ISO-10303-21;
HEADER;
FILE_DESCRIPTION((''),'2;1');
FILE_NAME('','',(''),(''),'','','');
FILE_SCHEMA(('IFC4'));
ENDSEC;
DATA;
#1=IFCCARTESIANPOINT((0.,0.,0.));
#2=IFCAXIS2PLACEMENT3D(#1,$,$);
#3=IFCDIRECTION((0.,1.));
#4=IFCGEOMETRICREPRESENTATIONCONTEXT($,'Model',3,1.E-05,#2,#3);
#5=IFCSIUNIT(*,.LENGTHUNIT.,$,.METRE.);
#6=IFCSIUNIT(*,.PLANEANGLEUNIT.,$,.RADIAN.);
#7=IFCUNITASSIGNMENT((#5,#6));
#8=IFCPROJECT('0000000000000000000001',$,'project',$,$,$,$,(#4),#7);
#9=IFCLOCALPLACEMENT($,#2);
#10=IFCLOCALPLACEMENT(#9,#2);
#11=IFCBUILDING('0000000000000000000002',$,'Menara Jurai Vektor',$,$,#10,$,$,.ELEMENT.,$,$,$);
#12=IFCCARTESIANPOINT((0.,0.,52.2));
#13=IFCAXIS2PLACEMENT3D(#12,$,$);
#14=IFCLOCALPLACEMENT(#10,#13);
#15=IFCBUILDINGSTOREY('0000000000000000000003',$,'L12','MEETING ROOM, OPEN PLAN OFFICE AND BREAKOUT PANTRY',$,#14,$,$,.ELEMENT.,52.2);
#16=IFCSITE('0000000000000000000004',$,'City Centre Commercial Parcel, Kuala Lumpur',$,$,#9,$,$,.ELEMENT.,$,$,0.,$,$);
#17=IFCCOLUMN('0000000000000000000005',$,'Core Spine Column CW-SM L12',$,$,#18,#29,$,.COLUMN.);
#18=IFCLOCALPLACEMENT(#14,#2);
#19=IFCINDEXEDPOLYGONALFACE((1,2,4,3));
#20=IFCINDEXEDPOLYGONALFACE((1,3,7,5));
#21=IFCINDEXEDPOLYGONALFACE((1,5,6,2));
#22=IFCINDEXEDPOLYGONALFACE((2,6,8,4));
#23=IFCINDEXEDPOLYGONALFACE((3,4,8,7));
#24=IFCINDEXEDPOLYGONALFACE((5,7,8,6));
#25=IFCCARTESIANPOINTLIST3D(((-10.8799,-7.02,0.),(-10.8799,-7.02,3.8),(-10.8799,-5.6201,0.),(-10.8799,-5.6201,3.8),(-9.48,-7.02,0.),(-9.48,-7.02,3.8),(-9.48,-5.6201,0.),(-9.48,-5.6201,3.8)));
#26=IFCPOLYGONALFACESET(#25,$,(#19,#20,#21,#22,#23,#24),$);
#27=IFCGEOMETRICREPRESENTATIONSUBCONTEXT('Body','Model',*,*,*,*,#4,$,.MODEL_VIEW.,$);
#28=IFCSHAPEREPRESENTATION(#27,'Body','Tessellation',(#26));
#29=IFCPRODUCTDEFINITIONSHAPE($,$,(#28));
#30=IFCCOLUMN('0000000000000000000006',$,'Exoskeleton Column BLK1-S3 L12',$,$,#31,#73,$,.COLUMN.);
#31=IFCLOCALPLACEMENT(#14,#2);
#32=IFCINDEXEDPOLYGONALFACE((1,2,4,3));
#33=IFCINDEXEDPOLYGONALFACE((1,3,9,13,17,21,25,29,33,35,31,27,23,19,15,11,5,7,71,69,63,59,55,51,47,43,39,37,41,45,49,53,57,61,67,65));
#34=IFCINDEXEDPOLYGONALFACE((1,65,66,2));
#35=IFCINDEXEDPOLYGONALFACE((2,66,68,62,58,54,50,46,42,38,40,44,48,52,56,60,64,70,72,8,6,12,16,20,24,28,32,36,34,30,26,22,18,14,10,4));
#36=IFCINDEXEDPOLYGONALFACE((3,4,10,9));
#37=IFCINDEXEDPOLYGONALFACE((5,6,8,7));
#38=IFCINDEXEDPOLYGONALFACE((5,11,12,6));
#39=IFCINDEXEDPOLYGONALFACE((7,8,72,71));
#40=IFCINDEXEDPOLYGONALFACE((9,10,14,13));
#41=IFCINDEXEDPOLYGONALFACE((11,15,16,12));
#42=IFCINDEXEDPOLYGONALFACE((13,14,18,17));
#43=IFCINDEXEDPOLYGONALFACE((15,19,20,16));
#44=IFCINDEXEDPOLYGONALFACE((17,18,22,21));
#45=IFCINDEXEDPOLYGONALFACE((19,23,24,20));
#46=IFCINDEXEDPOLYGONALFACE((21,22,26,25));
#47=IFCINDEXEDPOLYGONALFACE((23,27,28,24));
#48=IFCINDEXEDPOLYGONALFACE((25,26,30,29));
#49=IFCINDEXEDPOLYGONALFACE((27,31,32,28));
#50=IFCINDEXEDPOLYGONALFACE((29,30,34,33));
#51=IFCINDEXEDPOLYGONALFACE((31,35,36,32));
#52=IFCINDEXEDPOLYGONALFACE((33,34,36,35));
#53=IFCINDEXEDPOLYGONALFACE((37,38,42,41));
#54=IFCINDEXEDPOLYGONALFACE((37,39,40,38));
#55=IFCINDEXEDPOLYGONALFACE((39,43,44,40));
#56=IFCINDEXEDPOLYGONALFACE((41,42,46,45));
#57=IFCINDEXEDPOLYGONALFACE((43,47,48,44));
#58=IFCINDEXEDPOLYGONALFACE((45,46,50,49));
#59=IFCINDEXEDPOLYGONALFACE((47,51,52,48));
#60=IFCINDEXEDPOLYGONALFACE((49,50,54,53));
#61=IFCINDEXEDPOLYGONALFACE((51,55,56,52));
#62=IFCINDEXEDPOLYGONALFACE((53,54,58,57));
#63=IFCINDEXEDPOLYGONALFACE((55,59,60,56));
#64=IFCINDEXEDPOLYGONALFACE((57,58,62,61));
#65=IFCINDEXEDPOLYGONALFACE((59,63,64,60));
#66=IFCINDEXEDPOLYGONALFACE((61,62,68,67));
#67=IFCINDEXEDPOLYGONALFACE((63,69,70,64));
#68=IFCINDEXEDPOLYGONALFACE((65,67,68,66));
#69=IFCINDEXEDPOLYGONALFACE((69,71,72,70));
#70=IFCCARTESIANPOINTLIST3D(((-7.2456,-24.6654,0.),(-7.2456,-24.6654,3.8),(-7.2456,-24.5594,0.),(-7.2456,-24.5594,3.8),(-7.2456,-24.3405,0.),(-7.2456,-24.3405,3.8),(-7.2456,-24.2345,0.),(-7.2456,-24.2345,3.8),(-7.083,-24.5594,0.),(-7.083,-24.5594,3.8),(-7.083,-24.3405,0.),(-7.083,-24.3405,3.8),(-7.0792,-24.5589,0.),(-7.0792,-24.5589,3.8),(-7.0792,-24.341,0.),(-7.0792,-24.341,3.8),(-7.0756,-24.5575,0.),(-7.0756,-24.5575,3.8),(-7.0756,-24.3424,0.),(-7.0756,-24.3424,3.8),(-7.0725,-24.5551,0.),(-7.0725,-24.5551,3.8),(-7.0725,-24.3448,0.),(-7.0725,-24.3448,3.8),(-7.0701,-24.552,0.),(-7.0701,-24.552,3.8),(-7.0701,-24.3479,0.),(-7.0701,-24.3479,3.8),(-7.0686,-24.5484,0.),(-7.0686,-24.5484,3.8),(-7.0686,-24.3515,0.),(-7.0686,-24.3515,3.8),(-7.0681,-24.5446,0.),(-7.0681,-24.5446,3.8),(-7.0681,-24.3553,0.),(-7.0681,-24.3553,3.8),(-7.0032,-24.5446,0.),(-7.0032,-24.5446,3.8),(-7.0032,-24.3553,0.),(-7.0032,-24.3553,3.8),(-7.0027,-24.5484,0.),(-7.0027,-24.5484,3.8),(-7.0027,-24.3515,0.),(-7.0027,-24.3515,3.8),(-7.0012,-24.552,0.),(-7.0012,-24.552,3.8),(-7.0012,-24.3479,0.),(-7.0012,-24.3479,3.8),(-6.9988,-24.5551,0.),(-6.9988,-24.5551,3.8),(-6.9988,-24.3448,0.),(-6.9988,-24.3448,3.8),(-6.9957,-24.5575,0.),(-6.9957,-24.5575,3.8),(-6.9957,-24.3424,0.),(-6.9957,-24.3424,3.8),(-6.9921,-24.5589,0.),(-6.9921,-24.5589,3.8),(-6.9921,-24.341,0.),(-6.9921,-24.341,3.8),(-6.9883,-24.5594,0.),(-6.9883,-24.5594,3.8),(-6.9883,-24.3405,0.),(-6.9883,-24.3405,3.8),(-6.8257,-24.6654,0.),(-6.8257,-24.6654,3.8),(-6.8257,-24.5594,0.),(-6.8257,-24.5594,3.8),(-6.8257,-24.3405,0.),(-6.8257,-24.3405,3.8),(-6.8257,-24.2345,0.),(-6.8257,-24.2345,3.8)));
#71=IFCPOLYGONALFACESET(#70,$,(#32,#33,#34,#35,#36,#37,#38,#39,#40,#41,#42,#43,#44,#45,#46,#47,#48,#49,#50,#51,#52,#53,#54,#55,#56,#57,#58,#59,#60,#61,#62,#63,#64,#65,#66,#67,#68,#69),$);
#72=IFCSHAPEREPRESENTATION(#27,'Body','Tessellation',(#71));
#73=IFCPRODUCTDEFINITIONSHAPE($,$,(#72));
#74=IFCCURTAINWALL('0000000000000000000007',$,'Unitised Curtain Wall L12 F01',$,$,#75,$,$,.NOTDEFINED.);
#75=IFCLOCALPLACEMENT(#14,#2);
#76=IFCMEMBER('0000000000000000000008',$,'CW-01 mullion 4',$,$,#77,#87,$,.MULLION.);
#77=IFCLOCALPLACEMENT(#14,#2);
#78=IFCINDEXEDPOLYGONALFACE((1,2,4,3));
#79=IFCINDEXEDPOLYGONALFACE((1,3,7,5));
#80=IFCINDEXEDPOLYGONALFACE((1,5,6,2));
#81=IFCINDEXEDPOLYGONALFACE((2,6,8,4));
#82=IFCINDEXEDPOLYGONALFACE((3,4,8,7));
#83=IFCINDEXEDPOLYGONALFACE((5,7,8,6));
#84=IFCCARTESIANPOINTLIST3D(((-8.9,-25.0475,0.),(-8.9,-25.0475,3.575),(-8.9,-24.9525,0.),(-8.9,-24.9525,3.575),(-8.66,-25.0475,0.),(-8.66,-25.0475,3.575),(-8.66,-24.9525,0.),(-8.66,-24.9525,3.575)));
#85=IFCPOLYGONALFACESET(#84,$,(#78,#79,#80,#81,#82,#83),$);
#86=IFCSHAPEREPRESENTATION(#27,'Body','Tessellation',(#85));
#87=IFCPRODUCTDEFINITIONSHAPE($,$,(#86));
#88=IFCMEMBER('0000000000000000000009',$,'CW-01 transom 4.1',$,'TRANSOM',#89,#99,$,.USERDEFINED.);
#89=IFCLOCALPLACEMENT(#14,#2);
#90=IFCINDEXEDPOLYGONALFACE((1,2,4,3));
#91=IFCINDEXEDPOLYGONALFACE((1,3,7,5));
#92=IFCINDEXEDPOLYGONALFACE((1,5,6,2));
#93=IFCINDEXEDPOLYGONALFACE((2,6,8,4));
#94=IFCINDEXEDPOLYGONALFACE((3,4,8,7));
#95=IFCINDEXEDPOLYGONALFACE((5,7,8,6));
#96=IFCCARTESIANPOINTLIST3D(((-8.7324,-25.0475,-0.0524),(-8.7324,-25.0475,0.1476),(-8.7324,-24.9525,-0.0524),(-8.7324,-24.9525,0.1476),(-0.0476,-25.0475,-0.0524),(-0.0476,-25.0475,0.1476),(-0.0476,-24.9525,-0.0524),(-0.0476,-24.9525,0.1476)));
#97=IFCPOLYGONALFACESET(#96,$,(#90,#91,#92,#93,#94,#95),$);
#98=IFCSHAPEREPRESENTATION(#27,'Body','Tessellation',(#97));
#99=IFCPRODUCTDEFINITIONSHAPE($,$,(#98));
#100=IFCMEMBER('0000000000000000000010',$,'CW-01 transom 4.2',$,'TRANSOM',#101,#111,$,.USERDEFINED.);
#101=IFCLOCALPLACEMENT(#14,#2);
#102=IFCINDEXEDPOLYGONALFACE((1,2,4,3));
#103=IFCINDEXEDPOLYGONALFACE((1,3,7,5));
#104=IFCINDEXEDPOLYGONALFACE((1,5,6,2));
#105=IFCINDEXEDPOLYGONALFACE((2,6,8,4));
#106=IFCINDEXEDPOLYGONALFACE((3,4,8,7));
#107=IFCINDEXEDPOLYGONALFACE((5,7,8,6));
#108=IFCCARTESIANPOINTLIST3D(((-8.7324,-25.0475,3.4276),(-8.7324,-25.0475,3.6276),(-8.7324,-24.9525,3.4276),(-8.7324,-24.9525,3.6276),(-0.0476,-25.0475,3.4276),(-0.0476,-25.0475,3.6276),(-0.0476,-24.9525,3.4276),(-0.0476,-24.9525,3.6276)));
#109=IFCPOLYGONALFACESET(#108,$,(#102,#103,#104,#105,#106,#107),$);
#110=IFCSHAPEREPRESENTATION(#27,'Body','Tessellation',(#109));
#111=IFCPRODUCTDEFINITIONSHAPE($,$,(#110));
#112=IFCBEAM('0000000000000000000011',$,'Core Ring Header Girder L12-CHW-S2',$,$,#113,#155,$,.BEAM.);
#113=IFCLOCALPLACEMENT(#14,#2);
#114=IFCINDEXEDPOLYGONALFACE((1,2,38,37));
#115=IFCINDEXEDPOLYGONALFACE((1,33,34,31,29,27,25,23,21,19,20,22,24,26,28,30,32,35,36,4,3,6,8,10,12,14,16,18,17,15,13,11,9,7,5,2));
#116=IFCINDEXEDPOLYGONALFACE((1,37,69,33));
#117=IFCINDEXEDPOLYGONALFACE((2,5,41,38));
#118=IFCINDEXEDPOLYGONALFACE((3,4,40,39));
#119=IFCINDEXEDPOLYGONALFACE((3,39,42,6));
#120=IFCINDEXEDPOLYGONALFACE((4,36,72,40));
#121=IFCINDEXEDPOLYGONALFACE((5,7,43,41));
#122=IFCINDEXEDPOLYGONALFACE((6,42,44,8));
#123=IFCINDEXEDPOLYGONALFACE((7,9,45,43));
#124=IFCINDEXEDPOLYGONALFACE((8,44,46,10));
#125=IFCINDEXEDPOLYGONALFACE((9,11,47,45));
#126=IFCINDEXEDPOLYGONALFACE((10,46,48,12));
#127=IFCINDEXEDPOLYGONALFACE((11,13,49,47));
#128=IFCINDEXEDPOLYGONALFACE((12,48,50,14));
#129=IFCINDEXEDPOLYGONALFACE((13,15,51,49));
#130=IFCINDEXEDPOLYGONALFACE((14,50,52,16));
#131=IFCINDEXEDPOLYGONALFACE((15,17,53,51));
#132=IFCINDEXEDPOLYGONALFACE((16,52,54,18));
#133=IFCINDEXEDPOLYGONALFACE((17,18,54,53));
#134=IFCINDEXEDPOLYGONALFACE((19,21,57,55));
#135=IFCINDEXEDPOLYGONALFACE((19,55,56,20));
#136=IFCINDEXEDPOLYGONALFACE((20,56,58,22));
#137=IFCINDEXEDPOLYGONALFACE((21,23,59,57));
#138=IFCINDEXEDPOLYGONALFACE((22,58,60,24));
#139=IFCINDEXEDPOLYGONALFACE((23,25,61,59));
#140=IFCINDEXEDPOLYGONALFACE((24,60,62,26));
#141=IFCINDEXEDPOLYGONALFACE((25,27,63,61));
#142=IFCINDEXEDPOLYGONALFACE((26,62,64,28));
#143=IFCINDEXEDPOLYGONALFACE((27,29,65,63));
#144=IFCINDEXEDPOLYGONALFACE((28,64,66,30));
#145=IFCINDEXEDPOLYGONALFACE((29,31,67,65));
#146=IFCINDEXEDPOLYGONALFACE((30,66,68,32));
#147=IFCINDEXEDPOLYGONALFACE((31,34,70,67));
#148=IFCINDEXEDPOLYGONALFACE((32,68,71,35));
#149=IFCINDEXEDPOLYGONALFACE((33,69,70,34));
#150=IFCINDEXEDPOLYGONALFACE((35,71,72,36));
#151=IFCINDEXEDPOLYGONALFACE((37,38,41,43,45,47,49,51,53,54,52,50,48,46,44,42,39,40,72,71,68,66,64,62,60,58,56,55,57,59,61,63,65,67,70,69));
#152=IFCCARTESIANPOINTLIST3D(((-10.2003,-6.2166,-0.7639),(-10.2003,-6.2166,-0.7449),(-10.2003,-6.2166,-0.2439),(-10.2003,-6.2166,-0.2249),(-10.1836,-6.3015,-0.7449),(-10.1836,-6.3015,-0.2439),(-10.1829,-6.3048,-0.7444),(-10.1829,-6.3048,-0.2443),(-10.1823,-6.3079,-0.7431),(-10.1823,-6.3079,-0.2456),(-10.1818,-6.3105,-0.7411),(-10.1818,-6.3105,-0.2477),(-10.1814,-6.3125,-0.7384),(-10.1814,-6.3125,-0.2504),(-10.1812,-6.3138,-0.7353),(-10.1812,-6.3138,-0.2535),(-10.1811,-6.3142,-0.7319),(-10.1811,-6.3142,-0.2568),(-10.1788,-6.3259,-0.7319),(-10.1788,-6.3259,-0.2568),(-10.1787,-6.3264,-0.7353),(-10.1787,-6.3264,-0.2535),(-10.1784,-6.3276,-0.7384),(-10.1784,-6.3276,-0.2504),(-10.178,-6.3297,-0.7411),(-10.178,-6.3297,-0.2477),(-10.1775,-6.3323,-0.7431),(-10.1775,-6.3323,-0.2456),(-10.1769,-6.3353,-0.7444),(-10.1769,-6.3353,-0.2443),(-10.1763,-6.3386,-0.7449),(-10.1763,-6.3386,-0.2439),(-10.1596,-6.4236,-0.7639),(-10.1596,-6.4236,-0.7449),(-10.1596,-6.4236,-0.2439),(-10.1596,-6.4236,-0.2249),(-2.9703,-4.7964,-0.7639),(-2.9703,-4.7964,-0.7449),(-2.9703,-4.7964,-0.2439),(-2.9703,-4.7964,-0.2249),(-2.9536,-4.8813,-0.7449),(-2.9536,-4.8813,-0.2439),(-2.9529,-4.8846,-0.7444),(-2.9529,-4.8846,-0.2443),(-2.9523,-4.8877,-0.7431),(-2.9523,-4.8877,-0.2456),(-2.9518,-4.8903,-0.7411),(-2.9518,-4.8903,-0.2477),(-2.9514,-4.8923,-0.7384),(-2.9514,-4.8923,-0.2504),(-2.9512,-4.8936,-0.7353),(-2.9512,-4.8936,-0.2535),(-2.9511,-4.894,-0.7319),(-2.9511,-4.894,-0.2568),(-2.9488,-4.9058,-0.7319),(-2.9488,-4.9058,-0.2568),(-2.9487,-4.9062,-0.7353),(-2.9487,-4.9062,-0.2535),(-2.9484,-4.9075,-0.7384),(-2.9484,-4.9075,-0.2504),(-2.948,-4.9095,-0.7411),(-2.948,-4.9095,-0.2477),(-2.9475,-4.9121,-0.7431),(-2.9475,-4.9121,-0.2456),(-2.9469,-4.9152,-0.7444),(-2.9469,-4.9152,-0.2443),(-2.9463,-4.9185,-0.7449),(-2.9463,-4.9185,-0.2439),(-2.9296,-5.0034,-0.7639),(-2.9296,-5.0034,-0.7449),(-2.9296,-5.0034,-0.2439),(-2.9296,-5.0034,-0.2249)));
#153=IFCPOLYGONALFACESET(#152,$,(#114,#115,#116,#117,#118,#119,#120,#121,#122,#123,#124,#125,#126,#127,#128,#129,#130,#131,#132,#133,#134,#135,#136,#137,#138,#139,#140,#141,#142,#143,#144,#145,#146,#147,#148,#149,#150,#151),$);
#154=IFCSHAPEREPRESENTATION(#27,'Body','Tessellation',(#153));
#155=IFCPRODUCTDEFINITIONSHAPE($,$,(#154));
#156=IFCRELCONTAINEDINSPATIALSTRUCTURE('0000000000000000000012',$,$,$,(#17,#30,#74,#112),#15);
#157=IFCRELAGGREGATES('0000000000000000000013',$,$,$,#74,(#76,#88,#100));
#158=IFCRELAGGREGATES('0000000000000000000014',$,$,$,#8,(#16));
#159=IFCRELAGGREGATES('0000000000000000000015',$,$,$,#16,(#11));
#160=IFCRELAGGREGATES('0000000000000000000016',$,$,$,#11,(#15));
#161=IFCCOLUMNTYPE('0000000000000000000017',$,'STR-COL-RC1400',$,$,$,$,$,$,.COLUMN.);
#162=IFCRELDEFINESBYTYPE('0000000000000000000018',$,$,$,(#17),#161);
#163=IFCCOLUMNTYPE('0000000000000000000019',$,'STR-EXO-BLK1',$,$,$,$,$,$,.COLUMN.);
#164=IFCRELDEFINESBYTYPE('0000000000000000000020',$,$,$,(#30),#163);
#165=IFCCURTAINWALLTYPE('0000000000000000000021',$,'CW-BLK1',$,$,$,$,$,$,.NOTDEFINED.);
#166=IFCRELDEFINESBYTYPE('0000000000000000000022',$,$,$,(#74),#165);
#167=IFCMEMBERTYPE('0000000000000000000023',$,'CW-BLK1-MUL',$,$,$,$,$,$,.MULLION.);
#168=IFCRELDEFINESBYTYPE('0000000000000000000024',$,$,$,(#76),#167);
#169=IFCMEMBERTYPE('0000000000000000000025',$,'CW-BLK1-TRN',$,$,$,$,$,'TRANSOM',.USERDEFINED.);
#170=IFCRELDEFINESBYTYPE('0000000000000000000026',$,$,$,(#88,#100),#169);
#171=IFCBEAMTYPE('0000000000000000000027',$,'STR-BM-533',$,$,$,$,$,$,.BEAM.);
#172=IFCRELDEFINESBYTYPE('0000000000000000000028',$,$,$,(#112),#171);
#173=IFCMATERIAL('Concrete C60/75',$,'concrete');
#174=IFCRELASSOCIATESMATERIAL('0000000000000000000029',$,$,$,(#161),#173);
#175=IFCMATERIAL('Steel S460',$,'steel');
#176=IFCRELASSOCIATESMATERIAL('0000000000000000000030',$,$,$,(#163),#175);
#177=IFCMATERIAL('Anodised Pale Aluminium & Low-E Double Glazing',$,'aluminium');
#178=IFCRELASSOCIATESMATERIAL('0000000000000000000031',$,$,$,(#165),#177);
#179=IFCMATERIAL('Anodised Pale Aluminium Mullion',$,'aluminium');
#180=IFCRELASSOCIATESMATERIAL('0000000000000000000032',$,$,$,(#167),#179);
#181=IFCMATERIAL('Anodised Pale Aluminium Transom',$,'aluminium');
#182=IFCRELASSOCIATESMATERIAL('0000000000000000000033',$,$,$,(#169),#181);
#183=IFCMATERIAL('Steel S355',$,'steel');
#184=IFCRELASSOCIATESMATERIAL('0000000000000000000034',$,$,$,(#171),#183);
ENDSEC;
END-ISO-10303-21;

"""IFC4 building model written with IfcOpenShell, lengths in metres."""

from ifc_helpers import new_model, si_unit, direction, frame, origin, origin_2d, place, context, subcontext, project, spatial, rectangle, i_section, extrude, material, material_profile, profile_set, type_object, element, aggregate, save


model = new_model("IFC4")

# Units and contexts
model_context = context("Model", 3, precision=1e-05, world=origin(), true_north=direction((0.0, 1.0)))
body_context = subcontext(model_context, "Body", "Model", "MODEL_VIEW")
ifc_project = project(units=[si_unit("LENGTHUNIT", "METRE"), si_unit("PLANEANGLEUNIT", "RADIAN")], contexts=[model_context])

# Site, building, storey
site_placement = place(None, origin())
site = spatial("IfcSite", under=ifc_project, at=site_placement, Name="City Centre Commercial Parcel, Kuala Lumpur", CompositionType="ELEMENT", RefElevation=0.0)
building_placement = place(site_placement, origin())
building = spatial("IfcBuilding", under=site, at=building_placement, Name="Menara Jurai Vektor", CompositionType="ELEMENT")
storey_placement = place(building_placement, frame((0.0, 0.0, 52.2)))
storey = spatial("IfcBuildingStorey", under=building, at=storey_placement, Name="L12", Description="MEETING ROOM, OPEN PLAN OFFICE AND BREAKOUT PANTRY", CompositionType="ELEMENT", Elevation=52.2)

# Columns
ifc_material_1 = material(Name="Concrete C60/75", Category="concrete")
ifc_material_profile_1 = material_profile(ifc_material_1, rectangle(XDim=1.3999, YDim=1.3999, at=origin_2d()), Name="RC 1400x1400")
ifc_profile_set_1 = profile_set([ifc_material_profile_1], Name="Concrete C60/75")
column_type_1 = type_object("IfcColumnType", Name="STR-COL-RC1400", PredefinedType="COLUMN", material=ifc_profile_set_1)
column_1_placement = place(storey_placement, frame((-10.1799, -6.3201, 0.0), z_axis=(0.0, 0.0, 1.0), x_axis=(1.0, 0.0, 0.0)))
element("IfcColumn", 1, at=column_1_placement, inside=storey, type_object=column_type_1, Name="Core Spine Column CW-SM L12", PredefinedType="COLUMN", context=body_context, shape_type="SweptSolid", body=[
    extrude(rectangle(XDim=1.3999, YDim=1.3999, at=origin_2d()), origin(), (0.0, 0.0, 1.0), 3.8),
])
ifc_material_2 = material(Name="Steel S460", Category="steel")
ifc_material_profile_2 = material_profile(ifc_material_2, i_section(OverallWidth=0.4199, OverallDepth=0.4309, WebThickness=0.0649, FlangeThickness=0.106, FilletRadius=0.0149, at=origin_2d()), Name="HD 400x900")
ifc_profile_set_2 = profile_set([ifc_material_profile_2], Name="Steel S460")
column_type_2 = type_object("IfcColumnType", Name="STR-EXO-BLK1", PredefinedType="COLUMN", material=ifc_profile_set_2)
column_2_placement = place(storey_placement, frame((-7.0356, -24.45, 0.0), z_axis=(0.0, 0.0, 1.0), x_axis=(1.0, 0.0, 0.0)))
element("IfcColumn", 2, at=column_2_placement, inside=storey, type_object=column_type_2, Name="Exoskeleton Column BLK1-S3 L12", PredefinedType="COLUMN", context=body_context, shape_type="SweptSolid", body=[
    extrude(i_section(OverallWidth=0.4199, OverallDepth=0.4309, WebThickness=0.0649, FlangeThickness=0.106, FilletRadius=0.0149, at=origin_2d()), origin(), (0.0, 0.0, 1.0), 3.8),
])

# Curtain wall, members
ifc_material_3 = material(Name="Anodised Pale Aluminium & Low-E Double Glazing", Category="aluminium")
curtain_wall_type = type_object("IfcCurtainWallType", Name="CW-BLK1", PredefinedType="NOTDEFINED", material=ifc_material_3)
curtain_wall_placement = place(storey_placement, origin())
curtain_wall = element("IfcCurtainWall", 3, at=curtain_wall_placement, inside=storey, type_object=curtain_wall_type, Name="Unitised Curtain Wall L12 F01", PredefinedType="NOTDEFINED")
ifc_material_4 = material(Name="Anodised Pale Aluminium Mullion", Category="aluminium")
ifc_material_profile_3 = material_profile(ifc_material_4, rectangle(XDim=0.095, YDim=0.24, at=origin_2d()), Name="ALU MUL 95x240")
ifc_profile_set_3 = profile_set([ifc_material_profile_3], Name="Anodised Pale Aluminium Mullion")
member_type_1 = type_object("IfcMemberType", Name="CW-BLK1-MUL", PredefinedType="MULLION", material=ifc_profile_set_3)
member_1_placement = place(storey_placement, frame((-8.78, -25.0, 0.0), z_axis=(0.0, 0.0, 1.0), x_axis=(0.0, 1.0, 0.0)))
member_1 = element("IfcMember", 4, at=member_1_placement, type_object=member_type_1, Name="CW-01 mullion 4", PredefinedType="MULLION", context=body_context, shape_type="SweptSolid", body=[
    extrude(rectangle(XDim=0.095, YDim=0.24, at=origin_2d()), origin(), (0.0, 0.0, 1.0), 3.575),
])
ifc_material_5 = material(Name="Anodised Pale Aluminium Transom", Category="aluminium")
ifc_material_profile_4 = material_profile(ifc_material_5, rectangle(XDim=0.095, YDim=0.2, at=origin_2d()), Name="ALU TRN 95x200")
ifc_profile_set_4 = profile_set([ifc_material_profile_4], Name="Anodised Pale Aluminium Transom")
member_type_2 = type_object("IfcMemberType", Name="CW-BLK1-TRN", ElementType="TRANSOM", PredefinedType="USERDEFINED", material=ifc_profile_set_4)
member_2_placement = place(storey_placement, frame((-8.7324, -25.0, 0.0476), z_axis=(1.0, 0.0, 0.0), x_axis=(0.0, 1.0, 0.0)))
member_2 = element("IfcMember", 5, at=member_2_placement, type_object=member_type_2, Name="CW-01 transom 4.1", ObjectType="TRANSOM", PredefinedType="USERDEFINED", context=body_context, shape_type="SweptSolid", body=[
    extrude(rectangle(XDim=0.095, YDim=0.2, at=origin_2d()), origin(), (0.0, 0.0, 1.0), 8.6848),
])
member_3_placement = place(storey_placement, frame((-8.7324, -25.0, 3.5276), z_axis=(1.0, 0.0, 0.0), x_axis=(0.0, 1.0, 0.0)))
member_3 = element("IfcMember", 6, at=member_3_placement, type_object=member_type_2, Name="CW-01 transom 4.2", ObjectType="TRANSOM", PredefinedType="USERDEFINED", context=body_context, shape_type="SweptSolid", body=[
    extrude(rectangle(XDim=0.095, YDim=0.2, at=origin_2d()), origin(), (0.0, 0.0, 1.0), 8.6848),
])

# Beam
ifc_material_6 = material(Name="Steel S355", Category="steel")
ifc_material_profile_5 = material_profile(ifc_material_6, i_section(OverallWidth=0.2109, OverallDepth=0.5391, WebThickness=0.012, FlangeThickness=0.019, FilletRadius=0.0129, at=origin_2d()), Name="UKB 533x210x109")
ifc_profile_set_5 = profile_set([ifc_material_profile_5], Name="Steel S355")
beam_type_1 = type_object("IfcBeamType", Name="STR-BM-533", PredefinedType="BEAM", material=ifc_profile_set_5)
beam_1_placement = place(storey_placement, frame((-10.1799, -6.3201, -0.4944), z_axis=(0.981249, 0.192744, 0.0), x_axis=(-0.192744, 0.981249, 0.0)))
element("IfcBeam", 7, at=beam_1_placement, inside=storey, type_object=beam_type_1, Name="Core Ring Header Girder L12-CHW-S2", PredefinedType="BEAM", context=body_context, shape_type="SweptSolid", body=[
    extrude(i_section(OverallWidth=0.2109, OverallDepth=0.5391, WebThickness=0.012, FlangeThickness=0.019, FilletRadius=0.0129, at=origin_2d()), origin(), (0.0, 0.0, 1.0), 7.3682),
])

aggregate(curtain_wall, [member_1, member_2, member_3])

save(model, "model.ifc")
